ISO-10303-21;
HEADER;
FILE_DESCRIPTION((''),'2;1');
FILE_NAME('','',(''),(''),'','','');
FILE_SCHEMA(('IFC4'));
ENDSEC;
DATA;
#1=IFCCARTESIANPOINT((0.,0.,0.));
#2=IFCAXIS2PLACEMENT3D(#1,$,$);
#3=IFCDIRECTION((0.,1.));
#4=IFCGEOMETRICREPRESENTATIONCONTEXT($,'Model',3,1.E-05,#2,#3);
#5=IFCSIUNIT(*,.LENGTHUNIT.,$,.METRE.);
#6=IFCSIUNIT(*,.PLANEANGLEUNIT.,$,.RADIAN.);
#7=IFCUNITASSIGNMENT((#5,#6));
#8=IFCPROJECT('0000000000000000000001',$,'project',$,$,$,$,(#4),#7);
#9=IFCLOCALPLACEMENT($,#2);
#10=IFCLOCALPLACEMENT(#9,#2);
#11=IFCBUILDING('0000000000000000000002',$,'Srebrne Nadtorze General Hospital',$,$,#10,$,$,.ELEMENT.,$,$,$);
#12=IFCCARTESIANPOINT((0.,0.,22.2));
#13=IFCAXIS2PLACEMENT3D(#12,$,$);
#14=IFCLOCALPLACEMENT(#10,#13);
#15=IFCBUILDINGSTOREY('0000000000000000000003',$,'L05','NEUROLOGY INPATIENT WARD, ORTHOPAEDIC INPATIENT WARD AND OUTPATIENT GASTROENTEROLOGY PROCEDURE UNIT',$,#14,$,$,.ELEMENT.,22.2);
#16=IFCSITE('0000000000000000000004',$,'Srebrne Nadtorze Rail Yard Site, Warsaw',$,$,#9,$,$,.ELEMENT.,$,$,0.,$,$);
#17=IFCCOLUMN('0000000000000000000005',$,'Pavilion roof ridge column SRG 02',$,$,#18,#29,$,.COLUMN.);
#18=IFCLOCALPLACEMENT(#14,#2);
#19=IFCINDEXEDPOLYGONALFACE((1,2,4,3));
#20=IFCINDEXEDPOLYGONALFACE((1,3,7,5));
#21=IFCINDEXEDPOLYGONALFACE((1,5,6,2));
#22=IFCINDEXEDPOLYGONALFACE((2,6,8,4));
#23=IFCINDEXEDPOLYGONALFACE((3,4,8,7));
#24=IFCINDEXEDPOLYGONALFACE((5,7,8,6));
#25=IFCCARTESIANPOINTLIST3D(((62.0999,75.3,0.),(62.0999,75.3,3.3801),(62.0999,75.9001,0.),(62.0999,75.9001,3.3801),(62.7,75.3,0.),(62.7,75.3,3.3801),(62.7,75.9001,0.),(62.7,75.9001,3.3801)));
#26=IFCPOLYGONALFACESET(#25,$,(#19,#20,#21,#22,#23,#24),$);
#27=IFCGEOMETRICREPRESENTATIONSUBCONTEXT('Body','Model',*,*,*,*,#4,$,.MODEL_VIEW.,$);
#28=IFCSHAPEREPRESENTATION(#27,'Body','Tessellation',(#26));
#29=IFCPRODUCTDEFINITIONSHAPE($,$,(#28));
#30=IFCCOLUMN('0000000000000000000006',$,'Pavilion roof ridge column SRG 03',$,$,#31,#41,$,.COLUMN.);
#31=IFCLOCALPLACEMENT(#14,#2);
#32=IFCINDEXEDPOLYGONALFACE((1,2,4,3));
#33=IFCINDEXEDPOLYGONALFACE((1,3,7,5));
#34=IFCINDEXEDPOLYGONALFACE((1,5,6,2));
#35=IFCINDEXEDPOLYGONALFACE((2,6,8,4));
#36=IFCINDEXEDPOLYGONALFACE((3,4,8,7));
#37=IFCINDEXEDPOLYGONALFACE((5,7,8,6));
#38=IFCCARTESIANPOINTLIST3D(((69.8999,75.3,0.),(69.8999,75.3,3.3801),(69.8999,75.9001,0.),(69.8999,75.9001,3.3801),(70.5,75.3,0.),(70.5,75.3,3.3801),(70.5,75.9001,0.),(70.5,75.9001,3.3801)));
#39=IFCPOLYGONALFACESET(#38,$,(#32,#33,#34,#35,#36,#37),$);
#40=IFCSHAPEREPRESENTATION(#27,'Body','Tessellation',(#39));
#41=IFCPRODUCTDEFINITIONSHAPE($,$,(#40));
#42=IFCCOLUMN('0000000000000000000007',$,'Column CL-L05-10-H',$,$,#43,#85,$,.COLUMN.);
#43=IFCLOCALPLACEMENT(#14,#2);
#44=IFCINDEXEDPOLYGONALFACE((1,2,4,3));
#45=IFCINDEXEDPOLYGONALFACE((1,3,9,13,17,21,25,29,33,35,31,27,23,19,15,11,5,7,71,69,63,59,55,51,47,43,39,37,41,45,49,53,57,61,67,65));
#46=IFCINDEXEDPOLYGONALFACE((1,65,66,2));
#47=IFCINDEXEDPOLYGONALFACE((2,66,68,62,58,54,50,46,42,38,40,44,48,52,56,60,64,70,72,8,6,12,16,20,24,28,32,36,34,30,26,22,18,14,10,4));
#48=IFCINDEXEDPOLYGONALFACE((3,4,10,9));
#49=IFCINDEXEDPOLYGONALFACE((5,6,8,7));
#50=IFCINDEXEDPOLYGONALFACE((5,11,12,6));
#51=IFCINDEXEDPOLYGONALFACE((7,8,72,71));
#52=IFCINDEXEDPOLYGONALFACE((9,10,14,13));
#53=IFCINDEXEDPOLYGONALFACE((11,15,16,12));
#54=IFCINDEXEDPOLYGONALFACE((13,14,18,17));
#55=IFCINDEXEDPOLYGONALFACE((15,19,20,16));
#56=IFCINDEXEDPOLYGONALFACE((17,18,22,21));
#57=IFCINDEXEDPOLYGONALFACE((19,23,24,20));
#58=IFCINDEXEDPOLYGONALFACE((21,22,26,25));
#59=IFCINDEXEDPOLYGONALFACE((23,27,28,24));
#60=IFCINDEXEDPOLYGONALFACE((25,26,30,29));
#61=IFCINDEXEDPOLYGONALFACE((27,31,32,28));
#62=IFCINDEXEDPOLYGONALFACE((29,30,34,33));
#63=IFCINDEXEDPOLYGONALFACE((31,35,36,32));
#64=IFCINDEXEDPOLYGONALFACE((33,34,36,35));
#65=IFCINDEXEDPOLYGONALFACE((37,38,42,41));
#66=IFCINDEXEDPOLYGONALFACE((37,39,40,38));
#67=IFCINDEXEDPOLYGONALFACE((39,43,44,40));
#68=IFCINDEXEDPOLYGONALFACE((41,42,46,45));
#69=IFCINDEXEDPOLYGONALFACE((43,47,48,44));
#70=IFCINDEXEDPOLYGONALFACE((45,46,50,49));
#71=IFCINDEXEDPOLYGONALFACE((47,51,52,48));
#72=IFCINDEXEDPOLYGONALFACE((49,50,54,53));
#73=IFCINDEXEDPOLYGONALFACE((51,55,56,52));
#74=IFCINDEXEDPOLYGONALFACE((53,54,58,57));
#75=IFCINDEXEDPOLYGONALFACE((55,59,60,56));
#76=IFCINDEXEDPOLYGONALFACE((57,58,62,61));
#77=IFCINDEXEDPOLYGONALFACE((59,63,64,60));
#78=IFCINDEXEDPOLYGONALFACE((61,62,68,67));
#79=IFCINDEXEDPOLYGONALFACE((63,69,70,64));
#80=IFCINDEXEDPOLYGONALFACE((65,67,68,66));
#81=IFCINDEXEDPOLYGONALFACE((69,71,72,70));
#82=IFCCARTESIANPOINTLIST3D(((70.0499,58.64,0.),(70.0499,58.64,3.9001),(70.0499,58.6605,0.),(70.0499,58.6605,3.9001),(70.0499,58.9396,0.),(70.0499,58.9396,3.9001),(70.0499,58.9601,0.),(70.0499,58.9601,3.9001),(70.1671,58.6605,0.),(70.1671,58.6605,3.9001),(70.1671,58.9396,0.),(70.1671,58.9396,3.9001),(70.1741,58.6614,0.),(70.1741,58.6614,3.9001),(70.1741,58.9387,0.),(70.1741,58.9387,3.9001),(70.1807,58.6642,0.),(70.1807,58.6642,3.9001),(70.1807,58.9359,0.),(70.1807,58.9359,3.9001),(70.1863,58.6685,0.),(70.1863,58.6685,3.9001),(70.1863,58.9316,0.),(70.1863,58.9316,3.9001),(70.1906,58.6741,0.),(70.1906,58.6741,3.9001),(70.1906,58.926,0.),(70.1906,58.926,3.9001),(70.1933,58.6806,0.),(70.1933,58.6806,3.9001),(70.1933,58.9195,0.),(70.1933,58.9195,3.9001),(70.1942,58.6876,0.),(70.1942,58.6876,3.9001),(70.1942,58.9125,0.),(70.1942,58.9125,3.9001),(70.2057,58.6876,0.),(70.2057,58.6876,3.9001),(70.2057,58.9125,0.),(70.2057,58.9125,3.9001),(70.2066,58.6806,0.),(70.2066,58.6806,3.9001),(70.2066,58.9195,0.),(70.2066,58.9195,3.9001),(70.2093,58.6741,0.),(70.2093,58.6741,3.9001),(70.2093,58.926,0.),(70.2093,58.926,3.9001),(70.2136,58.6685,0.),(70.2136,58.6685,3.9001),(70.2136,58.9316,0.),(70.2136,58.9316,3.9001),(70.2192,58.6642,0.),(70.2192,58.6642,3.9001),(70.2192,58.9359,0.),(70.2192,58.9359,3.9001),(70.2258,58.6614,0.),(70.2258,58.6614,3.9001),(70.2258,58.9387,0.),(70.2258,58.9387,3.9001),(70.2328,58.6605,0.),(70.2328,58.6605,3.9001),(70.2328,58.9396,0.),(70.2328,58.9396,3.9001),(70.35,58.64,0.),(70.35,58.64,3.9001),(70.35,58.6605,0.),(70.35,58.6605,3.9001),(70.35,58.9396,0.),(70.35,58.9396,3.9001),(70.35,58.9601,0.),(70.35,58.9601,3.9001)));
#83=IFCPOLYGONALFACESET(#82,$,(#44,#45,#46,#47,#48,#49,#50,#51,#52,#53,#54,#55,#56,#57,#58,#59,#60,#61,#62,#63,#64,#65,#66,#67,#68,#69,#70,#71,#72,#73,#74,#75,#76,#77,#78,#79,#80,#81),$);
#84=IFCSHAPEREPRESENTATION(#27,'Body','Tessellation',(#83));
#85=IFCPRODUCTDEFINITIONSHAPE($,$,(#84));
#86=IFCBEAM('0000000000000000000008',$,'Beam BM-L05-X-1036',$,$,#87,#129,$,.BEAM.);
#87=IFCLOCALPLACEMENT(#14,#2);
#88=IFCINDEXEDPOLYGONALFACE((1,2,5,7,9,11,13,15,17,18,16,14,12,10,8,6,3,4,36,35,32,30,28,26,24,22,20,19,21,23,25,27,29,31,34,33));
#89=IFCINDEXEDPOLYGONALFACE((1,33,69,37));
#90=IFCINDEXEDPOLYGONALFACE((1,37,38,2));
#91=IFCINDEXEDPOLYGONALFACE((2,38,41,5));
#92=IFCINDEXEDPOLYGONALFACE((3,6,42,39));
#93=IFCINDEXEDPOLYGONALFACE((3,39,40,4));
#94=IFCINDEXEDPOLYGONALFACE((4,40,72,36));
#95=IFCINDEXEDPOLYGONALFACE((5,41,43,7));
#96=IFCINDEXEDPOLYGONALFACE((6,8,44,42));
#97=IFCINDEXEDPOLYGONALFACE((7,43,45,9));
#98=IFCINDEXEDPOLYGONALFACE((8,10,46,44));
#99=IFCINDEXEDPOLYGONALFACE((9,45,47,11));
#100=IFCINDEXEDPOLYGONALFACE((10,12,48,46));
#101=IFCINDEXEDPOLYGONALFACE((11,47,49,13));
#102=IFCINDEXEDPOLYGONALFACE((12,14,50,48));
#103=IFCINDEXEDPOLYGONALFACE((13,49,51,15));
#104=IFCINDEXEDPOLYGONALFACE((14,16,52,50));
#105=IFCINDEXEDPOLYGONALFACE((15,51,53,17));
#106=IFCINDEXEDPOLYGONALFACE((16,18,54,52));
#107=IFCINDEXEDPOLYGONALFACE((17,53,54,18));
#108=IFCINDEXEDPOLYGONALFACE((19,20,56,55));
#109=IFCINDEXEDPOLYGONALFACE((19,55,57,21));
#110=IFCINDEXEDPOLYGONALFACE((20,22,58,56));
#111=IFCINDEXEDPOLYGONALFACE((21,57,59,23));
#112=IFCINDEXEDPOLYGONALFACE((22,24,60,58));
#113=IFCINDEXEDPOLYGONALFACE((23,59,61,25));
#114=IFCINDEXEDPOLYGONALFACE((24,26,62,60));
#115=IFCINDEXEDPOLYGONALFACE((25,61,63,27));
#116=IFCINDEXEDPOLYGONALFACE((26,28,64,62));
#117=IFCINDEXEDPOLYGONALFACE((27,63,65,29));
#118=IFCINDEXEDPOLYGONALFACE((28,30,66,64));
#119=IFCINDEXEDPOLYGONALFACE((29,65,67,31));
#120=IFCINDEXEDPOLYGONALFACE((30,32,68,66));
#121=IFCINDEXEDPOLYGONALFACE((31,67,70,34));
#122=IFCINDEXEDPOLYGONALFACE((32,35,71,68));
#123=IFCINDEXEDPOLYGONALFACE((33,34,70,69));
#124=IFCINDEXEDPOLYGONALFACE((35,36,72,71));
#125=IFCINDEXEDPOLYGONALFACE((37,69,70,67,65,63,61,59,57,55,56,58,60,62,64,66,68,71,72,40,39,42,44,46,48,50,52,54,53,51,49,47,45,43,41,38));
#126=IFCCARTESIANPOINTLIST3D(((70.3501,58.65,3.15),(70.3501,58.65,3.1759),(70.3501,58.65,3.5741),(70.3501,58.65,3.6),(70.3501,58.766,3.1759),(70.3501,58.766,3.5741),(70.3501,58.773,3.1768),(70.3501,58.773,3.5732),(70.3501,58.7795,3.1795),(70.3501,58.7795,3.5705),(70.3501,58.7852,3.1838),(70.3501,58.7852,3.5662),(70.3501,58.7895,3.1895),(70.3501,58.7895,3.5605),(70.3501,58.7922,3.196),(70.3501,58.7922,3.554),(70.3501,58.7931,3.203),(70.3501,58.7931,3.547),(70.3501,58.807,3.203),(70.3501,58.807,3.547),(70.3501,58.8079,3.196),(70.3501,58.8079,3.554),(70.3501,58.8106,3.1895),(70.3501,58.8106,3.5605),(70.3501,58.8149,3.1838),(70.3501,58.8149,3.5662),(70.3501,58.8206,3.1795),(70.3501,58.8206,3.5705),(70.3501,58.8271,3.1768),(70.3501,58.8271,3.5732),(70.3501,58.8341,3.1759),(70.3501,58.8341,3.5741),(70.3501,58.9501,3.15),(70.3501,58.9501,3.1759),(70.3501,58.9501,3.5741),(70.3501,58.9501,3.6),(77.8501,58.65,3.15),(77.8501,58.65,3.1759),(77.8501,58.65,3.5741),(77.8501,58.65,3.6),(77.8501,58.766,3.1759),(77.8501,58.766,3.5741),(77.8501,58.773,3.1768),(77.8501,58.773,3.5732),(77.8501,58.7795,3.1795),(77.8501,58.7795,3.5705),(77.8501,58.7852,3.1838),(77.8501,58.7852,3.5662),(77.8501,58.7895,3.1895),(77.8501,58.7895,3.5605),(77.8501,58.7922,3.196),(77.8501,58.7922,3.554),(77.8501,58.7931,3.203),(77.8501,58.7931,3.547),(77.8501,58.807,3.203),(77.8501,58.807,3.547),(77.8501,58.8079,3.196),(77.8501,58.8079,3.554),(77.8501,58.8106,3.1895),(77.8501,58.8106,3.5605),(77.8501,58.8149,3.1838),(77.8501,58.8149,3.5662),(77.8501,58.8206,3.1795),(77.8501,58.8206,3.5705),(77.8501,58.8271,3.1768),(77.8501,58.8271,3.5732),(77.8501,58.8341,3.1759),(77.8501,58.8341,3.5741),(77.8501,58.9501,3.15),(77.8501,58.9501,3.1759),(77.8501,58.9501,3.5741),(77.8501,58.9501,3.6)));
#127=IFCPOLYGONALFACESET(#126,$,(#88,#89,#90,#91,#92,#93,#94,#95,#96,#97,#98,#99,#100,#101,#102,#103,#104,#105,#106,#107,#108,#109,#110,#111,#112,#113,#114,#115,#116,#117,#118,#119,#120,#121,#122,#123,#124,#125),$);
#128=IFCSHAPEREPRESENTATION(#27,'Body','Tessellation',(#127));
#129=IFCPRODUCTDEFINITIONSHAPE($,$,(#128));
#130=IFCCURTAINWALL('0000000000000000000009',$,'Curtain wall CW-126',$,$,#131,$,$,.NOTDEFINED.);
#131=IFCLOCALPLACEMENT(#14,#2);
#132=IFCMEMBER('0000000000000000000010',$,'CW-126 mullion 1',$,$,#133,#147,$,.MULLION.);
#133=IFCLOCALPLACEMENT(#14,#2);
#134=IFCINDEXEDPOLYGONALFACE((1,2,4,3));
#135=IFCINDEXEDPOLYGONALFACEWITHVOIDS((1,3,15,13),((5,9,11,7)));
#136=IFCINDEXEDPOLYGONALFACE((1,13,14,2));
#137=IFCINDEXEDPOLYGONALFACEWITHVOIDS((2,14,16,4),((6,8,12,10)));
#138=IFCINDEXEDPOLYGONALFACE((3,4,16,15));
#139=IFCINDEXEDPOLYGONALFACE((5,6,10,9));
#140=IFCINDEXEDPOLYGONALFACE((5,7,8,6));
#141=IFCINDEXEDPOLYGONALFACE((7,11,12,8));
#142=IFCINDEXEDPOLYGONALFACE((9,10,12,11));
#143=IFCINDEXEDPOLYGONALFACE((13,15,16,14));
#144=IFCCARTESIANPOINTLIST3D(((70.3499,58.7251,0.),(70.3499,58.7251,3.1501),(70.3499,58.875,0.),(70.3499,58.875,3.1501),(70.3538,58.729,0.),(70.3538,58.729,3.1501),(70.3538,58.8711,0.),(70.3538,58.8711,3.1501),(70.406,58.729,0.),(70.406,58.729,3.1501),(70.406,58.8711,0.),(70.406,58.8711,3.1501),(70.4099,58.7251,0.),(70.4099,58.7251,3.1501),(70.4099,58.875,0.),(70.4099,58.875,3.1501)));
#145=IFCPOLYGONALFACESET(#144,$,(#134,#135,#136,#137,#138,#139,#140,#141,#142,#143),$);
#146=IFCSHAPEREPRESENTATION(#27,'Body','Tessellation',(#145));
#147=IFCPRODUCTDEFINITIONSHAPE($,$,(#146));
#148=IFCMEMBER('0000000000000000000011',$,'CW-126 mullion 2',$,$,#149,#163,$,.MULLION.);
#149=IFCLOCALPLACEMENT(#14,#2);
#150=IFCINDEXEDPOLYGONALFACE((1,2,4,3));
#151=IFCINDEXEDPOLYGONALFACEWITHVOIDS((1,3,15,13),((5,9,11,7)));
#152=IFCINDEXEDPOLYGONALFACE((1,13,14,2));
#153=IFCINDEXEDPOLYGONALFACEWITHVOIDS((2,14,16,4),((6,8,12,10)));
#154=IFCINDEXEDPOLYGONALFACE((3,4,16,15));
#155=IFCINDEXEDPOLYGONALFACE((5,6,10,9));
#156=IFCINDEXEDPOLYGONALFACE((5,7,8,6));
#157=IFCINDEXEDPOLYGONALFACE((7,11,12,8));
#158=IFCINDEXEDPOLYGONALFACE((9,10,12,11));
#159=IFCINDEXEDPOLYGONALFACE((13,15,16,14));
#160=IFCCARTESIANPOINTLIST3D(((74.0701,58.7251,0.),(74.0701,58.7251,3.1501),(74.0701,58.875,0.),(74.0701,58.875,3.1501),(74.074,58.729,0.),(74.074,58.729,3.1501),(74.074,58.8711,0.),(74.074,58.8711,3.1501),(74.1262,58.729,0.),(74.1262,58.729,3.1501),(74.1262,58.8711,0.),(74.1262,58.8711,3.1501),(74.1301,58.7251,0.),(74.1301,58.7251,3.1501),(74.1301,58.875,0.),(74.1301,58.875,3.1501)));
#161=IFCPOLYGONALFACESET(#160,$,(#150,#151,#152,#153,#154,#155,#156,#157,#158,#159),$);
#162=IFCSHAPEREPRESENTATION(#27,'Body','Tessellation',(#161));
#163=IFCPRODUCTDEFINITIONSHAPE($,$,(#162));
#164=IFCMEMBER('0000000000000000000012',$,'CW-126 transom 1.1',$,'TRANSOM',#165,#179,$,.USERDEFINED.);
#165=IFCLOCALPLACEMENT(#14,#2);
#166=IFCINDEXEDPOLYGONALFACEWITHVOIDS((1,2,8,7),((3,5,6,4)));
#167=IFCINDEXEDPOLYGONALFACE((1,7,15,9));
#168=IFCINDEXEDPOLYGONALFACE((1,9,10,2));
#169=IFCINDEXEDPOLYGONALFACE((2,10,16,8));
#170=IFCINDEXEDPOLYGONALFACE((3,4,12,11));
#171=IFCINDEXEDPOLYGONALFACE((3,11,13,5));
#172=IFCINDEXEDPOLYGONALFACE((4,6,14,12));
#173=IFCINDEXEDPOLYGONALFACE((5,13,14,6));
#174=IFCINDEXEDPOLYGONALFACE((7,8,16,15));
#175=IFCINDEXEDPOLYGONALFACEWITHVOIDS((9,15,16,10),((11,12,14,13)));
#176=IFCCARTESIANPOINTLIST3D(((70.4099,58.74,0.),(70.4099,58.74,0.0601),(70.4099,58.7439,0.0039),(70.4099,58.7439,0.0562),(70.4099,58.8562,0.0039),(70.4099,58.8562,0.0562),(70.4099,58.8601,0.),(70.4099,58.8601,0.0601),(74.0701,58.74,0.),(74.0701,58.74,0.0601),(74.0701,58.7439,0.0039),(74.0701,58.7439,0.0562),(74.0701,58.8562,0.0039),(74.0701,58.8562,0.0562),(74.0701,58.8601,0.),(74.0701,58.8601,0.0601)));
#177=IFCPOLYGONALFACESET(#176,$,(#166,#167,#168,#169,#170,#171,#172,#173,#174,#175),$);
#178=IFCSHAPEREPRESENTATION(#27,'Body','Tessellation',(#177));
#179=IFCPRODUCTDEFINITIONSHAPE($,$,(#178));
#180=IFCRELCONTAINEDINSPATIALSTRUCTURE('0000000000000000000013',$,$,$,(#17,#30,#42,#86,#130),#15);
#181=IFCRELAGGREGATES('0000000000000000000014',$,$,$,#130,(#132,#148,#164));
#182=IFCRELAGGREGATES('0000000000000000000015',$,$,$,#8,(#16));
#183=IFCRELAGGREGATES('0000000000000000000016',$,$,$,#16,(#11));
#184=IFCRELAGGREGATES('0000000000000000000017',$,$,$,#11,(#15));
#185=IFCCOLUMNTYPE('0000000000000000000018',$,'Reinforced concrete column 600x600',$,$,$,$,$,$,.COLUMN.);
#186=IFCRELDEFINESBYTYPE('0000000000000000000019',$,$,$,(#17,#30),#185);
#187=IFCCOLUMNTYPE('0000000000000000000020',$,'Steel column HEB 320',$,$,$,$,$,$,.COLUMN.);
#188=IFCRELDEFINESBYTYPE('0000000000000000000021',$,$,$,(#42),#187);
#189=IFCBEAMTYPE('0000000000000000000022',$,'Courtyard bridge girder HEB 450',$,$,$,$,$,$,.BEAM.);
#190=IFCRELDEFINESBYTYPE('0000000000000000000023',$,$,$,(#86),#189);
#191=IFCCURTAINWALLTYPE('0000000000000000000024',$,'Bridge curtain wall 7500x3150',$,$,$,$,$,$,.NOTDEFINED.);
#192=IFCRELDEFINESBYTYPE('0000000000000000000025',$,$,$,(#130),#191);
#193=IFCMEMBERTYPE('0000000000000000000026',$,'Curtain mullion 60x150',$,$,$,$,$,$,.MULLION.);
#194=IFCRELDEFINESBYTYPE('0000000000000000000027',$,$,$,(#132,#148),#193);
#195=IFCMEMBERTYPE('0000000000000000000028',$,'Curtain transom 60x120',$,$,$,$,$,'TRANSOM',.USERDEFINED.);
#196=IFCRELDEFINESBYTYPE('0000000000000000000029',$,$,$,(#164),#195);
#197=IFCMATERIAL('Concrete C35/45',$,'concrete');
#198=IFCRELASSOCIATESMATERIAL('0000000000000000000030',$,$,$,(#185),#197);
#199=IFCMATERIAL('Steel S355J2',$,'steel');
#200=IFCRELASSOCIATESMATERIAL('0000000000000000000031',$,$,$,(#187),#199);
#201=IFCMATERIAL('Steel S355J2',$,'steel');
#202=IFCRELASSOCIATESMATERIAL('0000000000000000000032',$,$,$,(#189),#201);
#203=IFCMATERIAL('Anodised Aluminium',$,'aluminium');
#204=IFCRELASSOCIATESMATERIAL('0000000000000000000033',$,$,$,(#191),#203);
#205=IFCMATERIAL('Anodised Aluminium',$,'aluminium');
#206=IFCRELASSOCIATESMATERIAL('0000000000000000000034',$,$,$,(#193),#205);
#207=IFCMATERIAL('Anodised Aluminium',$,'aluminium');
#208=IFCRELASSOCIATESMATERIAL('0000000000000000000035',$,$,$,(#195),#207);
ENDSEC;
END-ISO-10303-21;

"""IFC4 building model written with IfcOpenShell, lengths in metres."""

from ifc_helpers import new_model, si_unit, direction, frame, origin, origin_2d, place, context, subcontext, project, spatial, rectangle, hollow_rectangle, i_section, extrude, material, material_profile, profile_set, type_object, element, aggregate, save


model = new_model("IFC4")

# Units and contexts
model_context = context("Model", 3, precision=1e-05, world=origin(), true_north=direction((0.0, 1.0)))
body_context = subcontext(model_context, "Body", "Model", "MODEL_VIEW")
ifc_project = project(units=[si_unit("LENGTHUNIT", "METRE"), si_unit("PLANEANGLEUNIT", "RADIAN")], contexts=[model_context])

# Site, building, storey
site_placement = place(None, origin())
site = spatial("IfcSite", under=ifc_project, at=site_placement, Name="Srebrne Nadtorze Rail Yard Site, Warsaw", CompositionType="ELEMENT", RefElevation=0.0)
building_placement = place(site_placement, origin())
building = spatial("IfcBuilding", under=site, at=building_placement, Name="Srebrne Nadtorze General Hospital", CompositionType="ELEMENT")
storey_placement = place(building_placement, frame((0.0, 0.0, 22.2)))
storey = spatial("IfcBuildingStorey", under=building, at=storey_placement, Name="L05", Description="NEUROLOGY INPATIENT WARD, ORTHOPAEDIC INPATIENT WARD AND OUTPATIENT GASTROENTEROLOGY PROCEDURE UNIT", CompositionType="ELEMENT", Elevation=22.2)

# Columns
ifc_material_1 = material(Name="Concrete C35/45", Category="concrete")
ifc_material_profile_1 = material_profile(ifc_material_1, rectangle(XDim=0.6001, YDim=0.6001, at=origin_2d()), Name="RC-COL-600x600")
ifc_profile_set_1 = profile_set([ifc_material_profile_1], Name="Concrete C35/45")
column_type_1 = type_object("IfcColumnType", Name="Reinforced concrete column 600x600", PredefinedType="COLUMN", material=ifc_profile_set_1)
for number, where, z_axis, x_axis, name in (
    (1, (62.3999, 75.6001, 0.0), (0.0, 0.0, 1.0), (1.0, 0.0, 0.0), "Pavilion roof ridge column SRG 02"),
    (2, (70.2, 75.6001, 0.0), (0.0, 0.0, 1.0), (1.0, 0.0, 0.0), "Pavilion roof ridge column SRG 03"),
):
    element("IfcColumn", number, at=place(storey_placement, frame(where, z_axis=z_axis, x_axis=x_axis)), inside=storey, type_object=column_type_1, Name=name, PredefinedType="COLUMN", context=body_context, shape_type="SweptSolid", body=[
        extrude(rectangle(XDim=0.6001, YDim=0.6001, at=origin_2d()), origin(), (0.0, 0.0, 1.0), 3.3801),
    ])
ifc_material_2 = material(Name="Steel S355J2", Category="steel")
ifc_material_profile_2 = material_profile(ifc_material_2, i_section(OverallWidth=0.3, OverallDepth=0.3201, WebThickness=0.0115, FlangeThickness=0.0205, FilletRadius=0.0271, at=origin_2d()), Name="HEB-320")
ifc_profile_set_2 = profile_set([ifc_material_profile_2], Name="Steel S355J2")
column_type_2 = type_object("IfcColumnType", Name="Steel column HEB 320", PredefinedType="COLUMN", material=ifc_profile_set_2)
column_placement = place(storey_placement, frame((70.2, 58.8, 0.0), z_axis=(0.0, 0.0, 1.0), x_axis=(1.0, 0.0, 0.0)))
element("IfcColumn", 3, at=column_placement, inside=storey, type_object=column_type_2, Name="Column CL-L05-10-H", PredefinedType="COLUMN", context=body_context, shape_type="SweptSolid", body=[
    extrude(i_section(OverallWidth=0.3, OverallDepth=0.3201, WebThickness=0.0115, FlangeThickness=0.0205, FilletRadius=0.0271, at=origin_2d()), origin(), (0.0, 0.0, 1.0), 3.9001),
])

# Beam
ifc_material_3 = material(Name="Steel S355J2", Category="steel")
ifc_material_profile_3 = material_profile(ifc_material_3, i_section(OverallWidth=0.3, OverallDepth=0.45, WebThickness=0.0139, FlangeThickness=0.0259, FilletRadius=0.0271, at=origin_2d()), Name="HEB-450")
ifc_profile_set_3 = profile_set([ifc_material_profile_3], Name="Steel S355J2")
beam_type = type_object("IfcBeamType", Name="Courtyard bridge girder HEB 450", PredefinedType="BEAM", material=ifc_profile_set_3)
beam_placement = place(storey_placement, frame((70.3501, 58.8, 3.375), z_axis=(1.0, 0.0, 0.0), x_axis=(0.0, 1.0, 0.0)))
element("IfcBeam", 4, at=beam_placement, inside=storey, type_object=beam_type, Name="Beam BM-L05-X-1036", PredefinedType="BEAM", context=body_context, shape_type="SweptSolid", body=[
    extrude(i_section(OverallWidth=0.3, OverallDepth=0.45, WebThickness=0.0139, FlangeThickness=0.0259, FilletRadius=0.0271, at=origin_2d()), origin(), (0.0, 0.0, 1.0), 7.5),
])

# Curtain wall, members
ifc_material_4 = material(Name="Anodised Aluminium", Category="aluminium")
curtain_wall_type = type_object("IfcCurtainWallType", Name="Bridge curtain wall 7500x3150", PredefinedType="NOTDEFINED", material=ifc_material_4)
curtain_wall_placement = place(storey_placement, origin())
curtain_wall = element("IfcCurtainWall", 5, at=curtain_wall_placement, inside=storey, type_object=curtain_wall_type, Name="Curtain wall CW-126", PredefinedType="NOTDEFINED")
ifc_material_5 = material(Name="Anodised Aluminium", Category="aluminium")
ifc_material_profile_4 = material_profile(ifc_material_5, hollow_rectangle(XDim=0.0601, YDim=0.1499, WallThickness=0.0039, at=origin_2d()), Name="AL-MUL-60x150")
ifc_profile_set_4 = profile_set([ifc_material_profile_4], Name="Anodised Aluminium")
member_type_1 = type_object("IfcMemberType", Name="Curtain mullion 60x150", PredefinedType="MULLION", material=ifc_profile_set_4)
member_1_placement = place(storey_placement, frame((70.3799, 58.8, 0.0), z_axis=(0.0, 0.0, 1.0), x_axis=(1.0, 0.0, 0.0)))
member_1 = element("IfcMember", 6, at=member_1_placement, type_object=member_type_1, Name="CW-126 mullion 1", PredefinedType="MULLION", context=body_context, shape_type="SweptSolid", body=[
    extrude(hollow_rectangle(XDim=0.0601, YDim=0.1499, WallThickness=0.0039, at=origin_2d()), origin(), (0.0, 0.0, 1.0), 3.1501),
])
member_2_placement = place(storey_placement, frame((74.1001, 58.8, 0.0), z_axis=(0.0, 0.0, 1.0), x_axis=(1.0, 0.0, 0.0)))
member_2 = element("IfcMember", 7, at=member_2_placement, type_object=member_type_1, Name="CW-126 mullion 2", PredefinedType="MULLION", context=body_context, shape_type="SweptSolid", body=[
    extrude(hollow_rectangle(XDim=0.0601, YDim=0.1499, WallThickness=0.0039, at=origin_2d()), origin(), (0.0, 0.0, 1.0), 3.1501),
])
ifc_material_6 = material(Name="Anodised Aluminium", Category="aluminium")
ifc_material_profile_5 = material_profile(ifc_material_6, hollow_rectangle(XDim=0.0601, YDim=0.1201, WallThickness=0.0039, at=origin_2d()), Name="AL-TRN-60x120")
ifc_profile_set_5 = profile_set([ifc_material_profile_5], Name="Anodised Aluminium")
member_type_2 = type_object("IfcMemberType", Name="Curtain transom 60x120", ElementType="TRANSOM", PredefinedType="USERDEFINED", material=ifc_profile_set_5)
member_3_placement = place(storey_placement, frame((70.4099, 58.8, 0.03), z_axis=(1.0, 0.0, 0.0), x_axis=(0.0, 0.0, 1.0)))
member_3 = element("IfcMember", 8, at=member_3_placement, type_object=member_type_2, Name="CW-126 transom 1.1", ObjectType="TRANSOM", PredefinedType="USERDEFINED", context=body_context, shape_type="SweptSolid", body=[
    extrude(hollow_rectangle(XDim=0.0601, YDim=0.1201, WallThickness=0.0039, at=origin_2d()), origin(), (0.0, 0.0, 1.0), 3.6602),
])
aggregate(curtain_wall, [member_1, member_2, member_3])

save(model, "model.ifc")
